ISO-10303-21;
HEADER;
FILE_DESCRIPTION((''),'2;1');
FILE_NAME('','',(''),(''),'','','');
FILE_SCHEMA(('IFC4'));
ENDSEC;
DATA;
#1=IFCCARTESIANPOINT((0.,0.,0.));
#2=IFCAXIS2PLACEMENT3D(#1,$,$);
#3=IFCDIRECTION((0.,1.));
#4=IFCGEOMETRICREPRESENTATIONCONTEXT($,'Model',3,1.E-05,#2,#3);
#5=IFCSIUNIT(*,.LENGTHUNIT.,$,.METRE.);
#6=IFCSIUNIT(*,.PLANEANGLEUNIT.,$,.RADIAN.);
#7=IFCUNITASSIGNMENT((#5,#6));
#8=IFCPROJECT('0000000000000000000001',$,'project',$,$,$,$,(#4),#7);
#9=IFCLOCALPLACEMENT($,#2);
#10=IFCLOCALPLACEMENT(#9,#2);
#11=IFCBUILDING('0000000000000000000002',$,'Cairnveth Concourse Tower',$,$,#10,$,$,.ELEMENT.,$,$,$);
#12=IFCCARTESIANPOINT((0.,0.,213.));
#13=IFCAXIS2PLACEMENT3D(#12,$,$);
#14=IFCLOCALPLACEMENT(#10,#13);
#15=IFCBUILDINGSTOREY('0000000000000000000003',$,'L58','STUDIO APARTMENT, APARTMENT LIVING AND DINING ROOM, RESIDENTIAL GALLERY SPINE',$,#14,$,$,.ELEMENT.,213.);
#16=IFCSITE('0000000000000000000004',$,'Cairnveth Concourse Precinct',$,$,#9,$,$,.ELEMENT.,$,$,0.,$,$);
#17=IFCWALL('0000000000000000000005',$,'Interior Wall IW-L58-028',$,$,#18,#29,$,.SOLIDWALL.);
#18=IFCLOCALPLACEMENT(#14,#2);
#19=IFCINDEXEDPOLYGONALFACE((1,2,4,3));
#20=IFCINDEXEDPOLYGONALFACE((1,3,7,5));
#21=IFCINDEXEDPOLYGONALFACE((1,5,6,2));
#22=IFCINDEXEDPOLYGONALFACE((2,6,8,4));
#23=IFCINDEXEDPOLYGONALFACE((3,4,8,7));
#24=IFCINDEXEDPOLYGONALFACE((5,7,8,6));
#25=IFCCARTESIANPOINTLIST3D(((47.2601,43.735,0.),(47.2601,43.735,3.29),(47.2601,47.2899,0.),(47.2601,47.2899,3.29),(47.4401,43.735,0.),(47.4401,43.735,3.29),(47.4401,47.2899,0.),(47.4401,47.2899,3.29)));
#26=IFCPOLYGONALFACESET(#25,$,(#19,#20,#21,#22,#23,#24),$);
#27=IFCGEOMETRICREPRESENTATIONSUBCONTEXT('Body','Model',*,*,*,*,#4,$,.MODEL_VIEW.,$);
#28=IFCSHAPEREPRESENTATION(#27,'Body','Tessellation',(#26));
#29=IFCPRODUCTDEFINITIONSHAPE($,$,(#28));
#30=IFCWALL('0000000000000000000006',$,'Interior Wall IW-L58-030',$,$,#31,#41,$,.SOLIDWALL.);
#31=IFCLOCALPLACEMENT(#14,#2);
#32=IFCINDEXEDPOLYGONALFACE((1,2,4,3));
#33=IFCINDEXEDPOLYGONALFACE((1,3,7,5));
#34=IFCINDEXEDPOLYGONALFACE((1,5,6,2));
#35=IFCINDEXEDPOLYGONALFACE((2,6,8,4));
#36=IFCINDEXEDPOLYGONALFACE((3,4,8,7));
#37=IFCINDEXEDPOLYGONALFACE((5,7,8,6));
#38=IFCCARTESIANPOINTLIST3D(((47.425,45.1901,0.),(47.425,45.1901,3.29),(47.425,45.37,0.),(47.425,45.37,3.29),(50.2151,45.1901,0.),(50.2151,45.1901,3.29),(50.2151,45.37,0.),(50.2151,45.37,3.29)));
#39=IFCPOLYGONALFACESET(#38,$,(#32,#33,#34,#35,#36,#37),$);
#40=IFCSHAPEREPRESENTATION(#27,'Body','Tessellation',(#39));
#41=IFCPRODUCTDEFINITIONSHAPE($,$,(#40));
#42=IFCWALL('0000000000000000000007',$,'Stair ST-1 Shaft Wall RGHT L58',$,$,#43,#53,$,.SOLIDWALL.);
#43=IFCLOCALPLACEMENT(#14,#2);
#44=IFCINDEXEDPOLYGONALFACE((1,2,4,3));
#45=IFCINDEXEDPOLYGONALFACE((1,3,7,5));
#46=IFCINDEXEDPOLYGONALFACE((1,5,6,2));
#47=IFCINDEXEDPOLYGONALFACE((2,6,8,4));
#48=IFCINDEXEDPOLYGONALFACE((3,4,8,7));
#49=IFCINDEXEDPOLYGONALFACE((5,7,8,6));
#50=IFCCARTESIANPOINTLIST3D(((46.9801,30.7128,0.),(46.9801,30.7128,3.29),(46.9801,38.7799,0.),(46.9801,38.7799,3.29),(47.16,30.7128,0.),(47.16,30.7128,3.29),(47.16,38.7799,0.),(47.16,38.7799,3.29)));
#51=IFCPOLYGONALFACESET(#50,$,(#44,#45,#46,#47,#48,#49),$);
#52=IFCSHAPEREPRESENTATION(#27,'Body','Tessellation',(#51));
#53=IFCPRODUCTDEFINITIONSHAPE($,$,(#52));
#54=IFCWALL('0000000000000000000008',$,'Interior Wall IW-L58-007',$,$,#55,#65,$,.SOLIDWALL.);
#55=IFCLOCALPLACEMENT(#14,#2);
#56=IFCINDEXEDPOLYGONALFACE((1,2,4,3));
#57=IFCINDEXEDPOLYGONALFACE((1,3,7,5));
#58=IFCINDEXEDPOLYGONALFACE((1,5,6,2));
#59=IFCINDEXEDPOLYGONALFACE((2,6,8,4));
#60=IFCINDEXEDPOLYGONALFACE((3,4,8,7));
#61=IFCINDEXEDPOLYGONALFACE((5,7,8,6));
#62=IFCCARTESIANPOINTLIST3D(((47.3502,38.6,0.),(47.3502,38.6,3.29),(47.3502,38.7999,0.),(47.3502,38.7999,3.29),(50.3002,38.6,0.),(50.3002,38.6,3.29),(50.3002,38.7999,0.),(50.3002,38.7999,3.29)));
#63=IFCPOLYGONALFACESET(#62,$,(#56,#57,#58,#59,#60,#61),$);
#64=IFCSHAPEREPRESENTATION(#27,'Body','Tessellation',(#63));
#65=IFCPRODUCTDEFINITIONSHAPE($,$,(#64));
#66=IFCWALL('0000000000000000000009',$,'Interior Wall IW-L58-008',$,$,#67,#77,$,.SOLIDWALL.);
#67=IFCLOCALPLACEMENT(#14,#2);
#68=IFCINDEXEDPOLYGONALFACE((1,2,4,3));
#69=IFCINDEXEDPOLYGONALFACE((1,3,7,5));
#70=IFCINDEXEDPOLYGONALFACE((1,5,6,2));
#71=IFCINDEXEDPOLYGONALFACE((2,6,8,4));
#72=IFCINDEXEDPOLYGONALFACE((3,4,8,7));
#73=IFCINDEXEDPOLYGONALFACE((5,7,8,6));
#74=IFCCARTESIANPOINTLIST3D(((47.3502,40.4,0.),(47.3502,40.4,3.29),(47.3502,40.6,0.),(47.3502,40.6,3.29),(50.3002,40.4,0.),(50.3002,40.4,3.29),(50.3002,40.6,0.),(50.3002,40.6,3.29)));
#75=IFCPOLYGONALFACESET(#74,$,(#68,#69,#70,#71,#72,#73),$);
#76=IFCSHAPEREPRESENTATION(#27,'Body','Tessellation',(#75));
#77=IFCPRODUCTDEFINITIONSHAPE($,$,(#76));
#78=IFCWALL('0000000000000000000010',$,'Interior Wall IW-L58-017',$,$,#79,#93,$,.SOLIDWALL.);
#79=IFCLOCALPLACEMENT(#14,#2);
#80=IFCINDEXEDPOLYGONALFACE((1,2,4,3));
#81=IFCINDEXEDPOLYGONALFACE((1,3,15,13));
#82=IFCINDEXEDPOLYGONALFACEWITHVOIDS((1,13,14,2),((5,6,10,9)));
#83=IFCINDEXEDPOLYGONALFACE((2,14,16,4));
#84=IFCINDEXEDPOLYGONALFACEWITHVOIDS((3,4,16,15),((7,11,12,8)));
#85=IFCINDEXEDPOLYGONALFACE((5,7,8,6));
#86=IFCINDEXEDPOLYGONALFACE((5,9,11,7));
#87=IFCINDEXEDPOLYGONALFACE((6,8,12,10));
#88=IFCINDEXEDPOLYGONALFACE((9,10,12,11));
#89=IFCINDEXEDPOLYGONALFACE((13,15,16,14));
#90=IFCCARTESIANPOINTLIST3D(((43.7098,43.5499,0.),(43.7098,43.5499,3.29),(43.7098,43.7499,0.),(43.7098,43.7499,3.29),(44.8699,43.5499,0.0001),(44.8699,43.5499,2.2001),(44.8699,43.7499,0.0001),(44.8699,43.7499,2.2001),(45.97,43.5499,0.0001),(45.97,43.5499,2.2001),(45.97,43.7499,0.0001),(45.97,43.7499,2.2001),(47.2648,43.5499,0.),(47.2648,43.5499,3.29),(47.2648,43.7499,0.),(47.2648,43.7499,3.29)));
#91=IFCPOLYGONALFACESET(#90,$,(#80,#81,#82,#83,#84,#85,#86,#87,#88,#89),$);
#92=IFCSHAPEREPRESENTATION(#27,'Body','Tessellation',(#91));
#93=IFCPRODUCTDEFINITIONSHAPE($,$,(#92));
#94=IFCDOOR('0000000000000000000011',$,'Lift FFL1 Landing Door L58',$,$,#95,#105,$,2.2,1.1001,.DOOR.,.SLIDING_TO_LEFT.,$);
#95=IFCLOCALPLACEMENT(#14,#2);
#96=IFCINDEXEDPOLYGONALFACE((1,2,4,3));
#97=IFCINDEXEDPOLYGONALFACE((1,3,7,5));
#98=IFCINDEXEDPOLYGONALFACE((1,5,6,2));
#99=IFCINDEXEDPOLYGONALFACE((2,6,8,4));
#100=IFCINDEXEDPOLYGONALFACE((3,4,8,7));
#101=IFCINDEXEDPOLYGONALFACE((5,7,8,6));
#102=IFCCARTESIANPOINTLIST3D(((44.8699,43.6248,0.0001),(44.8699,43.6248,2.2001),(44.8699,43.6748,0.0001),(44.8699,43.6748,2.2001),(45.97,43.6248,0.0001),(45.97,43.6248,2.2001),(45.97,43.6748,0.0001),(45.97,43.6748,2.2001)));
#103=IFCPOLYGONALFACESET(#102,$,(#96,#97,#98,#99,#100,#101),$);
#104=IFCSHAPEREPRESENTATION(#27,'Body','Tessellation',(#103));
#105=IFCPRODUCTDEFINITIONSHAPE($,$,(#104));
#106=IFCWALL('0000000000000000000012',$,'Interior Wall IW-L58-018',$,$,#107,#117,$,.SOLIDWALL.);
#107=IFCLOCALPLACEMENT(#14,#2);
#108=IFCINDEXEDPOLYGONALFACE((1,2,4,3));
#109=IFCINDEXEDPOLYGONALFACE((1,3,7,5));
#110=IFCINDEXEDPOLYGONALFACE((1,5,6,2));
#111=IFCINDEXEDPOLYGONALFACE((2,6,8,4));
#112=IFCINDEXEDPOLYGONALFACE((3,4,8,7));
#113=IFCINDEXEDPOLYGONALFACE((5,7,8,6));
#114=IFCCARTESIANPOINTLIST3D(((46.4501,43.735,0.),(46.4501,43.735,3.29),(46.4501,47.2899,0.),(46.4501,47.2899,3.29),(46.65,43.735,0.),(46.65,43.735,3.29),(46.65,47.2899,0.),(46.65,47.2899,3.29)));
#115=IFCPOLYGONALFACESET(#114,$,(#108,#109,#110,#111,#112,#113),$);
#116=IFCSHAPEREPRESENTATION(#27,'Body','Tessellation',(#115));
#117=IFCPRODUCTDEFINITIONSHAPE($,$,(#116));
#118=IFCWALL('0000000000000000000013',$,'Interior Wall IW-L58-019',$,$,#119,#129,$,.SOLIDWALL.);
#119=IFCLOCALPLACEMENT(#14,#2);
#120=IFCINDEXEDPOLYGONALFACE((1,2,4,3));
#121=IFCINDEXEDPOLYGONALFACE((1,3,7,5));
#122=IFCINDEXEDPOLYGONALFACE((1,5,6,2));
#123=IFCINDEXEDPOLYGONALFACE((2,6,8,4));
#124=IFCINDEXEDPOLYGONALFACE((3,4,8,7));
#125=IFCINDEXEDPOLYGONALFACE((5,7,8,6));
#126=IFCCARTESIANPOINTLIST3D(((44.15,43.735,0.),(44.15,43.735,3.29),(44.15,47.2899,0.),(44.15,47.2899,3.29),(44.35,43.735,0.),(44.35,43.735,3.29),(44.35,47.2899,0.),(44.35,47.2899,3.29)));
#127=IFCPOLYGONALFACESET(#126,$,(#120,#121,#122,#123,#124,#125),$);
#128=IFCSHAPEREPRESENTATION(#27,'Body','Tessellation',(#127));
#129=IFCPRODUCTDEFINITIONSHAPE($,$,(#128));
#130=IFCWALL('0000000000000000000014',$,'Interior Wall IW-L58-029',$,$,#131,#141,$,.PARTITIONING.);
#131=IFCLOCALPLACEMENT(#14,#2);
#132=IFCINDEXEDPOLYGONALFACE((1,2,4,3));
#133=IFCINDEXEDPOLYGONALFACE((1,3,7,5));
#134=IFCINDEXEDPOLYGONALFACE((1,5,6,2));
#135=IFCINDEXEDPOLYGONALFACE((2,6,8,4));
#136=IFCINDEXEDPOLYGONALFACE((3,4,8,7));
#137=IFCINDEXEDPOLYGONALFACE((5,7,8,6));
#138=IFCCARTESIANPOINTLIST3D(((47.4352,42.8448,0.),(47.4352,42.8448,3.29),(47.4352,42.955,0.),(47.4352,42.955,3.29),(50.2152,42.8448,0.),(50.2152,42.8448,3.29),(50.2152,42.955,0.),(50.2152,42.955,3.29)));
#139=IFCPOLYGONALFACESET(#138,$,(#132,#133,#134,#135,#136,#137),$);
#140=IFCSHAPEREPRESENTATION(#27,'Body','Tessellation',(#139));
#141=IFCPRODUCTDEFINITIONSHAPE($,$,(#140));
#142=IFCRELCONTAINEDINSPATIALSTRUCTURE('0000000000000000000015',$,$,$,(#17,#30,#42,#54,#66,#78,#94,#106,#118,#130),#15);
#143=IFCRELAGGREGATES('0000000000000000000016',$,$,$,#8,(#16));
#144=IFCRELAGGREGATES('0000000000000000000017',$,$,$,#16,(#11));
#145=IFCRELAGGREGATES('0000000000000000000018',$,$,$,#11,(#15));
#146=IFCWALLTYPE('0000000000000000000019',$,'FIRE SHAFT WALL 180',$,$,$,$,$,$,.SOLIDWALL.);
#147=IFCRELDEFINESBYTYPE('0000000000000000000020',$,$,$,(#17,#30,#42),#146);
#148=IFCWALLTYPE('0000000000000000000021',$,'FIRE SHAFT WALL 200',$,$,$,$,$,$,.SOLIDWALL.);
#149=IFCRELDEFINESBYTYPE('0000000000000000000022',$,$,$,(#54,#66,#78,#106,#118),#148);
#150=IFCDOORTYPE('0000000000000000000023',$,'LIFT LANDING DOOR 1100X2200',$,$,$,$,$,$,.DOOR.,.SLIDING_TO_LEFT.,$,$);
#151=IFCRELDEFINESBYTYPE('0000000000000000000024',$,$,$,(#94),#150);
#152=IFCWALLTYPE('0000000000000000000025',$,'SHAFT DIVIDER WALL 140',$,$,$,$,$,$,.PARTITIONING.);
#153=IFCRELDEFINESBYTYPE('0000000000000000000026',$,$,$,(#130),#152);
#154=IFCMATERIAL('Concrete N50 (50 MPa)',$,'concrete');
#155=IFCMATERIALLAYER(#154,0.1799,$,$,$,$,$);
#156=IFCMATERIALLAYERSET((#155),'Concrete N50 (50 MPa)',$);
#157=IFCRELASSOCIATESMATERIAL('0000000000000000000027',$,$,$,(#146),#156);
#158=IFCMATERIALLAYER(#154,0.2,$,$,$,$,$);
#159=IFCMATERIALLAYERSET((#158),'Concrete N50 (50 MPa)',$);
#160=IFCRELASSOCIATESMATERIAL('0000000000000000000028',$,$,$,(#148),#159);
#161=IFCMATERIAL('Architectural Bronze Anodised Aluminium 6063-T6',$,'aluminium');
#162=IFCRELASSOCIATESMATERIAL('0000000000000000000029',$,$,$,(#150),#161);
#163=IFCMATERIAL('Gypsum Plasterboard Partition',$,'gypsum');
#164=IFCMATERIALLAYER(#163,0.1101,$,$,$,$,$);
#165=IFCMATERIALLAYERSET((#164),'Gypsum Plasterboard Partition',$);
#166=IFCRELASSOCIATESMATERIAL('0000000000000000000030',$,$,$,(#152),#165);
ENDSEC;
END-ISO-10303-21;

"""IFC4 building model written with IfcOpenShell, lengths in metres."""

from ifc_helpers import new_model, si_unit, direction, frame, frame_2d, origin, place, context, subcontext, project, spatial, rectangle, extrude, material, layer, layer_set, type_object, element, fill, save


model = new_model("IFC4")

# Units and contexts
model_context = context("Model", 3, precision=1e-05, world=origin(), true_north=direction((0.0, 1.0)))
body_context = subcontext(model_context, "Body", "Model", "MODEL_VIEW")
ifc_project = project(units=[si_unit("LENGTHUNIT", "METRE"), si_unit("PLANEANGLEUNIT", "RADIAN")], contexts=[model_context])

# Site, building, storey
site_placement = place(None, origin())
site = spatial("IfcSite", under=ifc_project, at=site_placement, Name="Cairnveth Concourse Precinct", CompositionType="ELEMENT", RefElevation=0.0)
building_placement = place(site_placement, origin())
building = spatial("IfcBuilding", under=site, at=building_placement, Name="Cairnveth Concourse Tower", CompositionType="ELEMENT")
storey_placement = place(building_placement, frame((0.0, 0.0, 213.0)))
storey = spatial("IfcBuildingStorey", under=building, at=storey_placement, Name="L58", Description="STUDIO APARTMENT, APARTMENT LIVING AND DINING ROOM, RESIDENTIAL GALLERY SPINE", CompositionType="ELEMENT", Elevation=213.0)

# Walls
ifc_material_1 = material(Name="Concrete N50 (50 MPa)", Category="concrete")
ifc_layer_1 = layer(ifc_material_1, 0.1799)
ifc_layer_set_1 = layer_set([ifc_layer_1], Name="Concrete N50 (50 MPa)")
wall_type_1 = type_object("IfcWallType", Name="FIRE SHAFT WALL 180", PredefinedType="SOLIDWALL", material=ifc_layer_set_1)
wall_1_placement = place(storey_placement, frame((47.3501, 43.7351, 0.0), z_axis=(0.0, 0.0, 1.0), x_axis=(0.0, 1.0, 0.0)))
element("IfcWall", 1, at=wall_1_placement, inside=storey, type_object=wall_type_1, Name="Interior Wall IW-L58-028", PredefinedType="SOLIDWALL", context=body_context, shape_type="SweptSolid", body=[
    extrude(rectangle(XDim=3.5549, YDim=0.1799, at=frame_2d((1.7773, 0.0))), origin(), (0.0, 0.0, 1.0), 3.29),
])
wall_2_placement = place(storey_placement, frame((47.425, 45.28, 0.0), z_axis=(0.0, 0.0, 1.0), x_axis=(1.0, 0.0, 0.0)))
element("IfcWall", 2, at=wall_2_placement, inside=storey, type_object=wall_type_1, Name="Interior Wall IW-L58-030", PredefinedType="SOLIDWALL", context=body_context, shape_type="SweptSolid", body=[
    extrude(rectangle(XDim=2.79, YDim=0.1799, at=frame_2d((1.395, 0.0))), origin(), (0.0, 0.0, 1.0), 3.29),
])

# Walls
wall_3_placement = place(storey_placement, frame((47.0701, 38.78, 0.0), z_axis=(0.0, 0.0, 1.0), x_axis=(0.0, -1.0, 0.0)))
element("IfcWall", 3, at=wall_3_placement, inside=storey, type_object=wall_type_1, Name="Stair ST-1 Shaft Wall RGHT L58", PredefinedType="SOLIDWALL", context=body_context, shape_type="SweptSolid", body=[
    extrude(rectangle(XDim=8.0671, YDim=0.1799, at=frame_2d((4.0337, 0.0))), origin(), (0.0, 0.0, 1.0), 3.29),
])
ifc_layer_2 = layer(ifc_material_1, 0.2)
ifc_layer_set_2 = layer_set([ifc_layer_2], Name="Concrete N50 (50 MPa)")
wall_type_2 = type_object("IfcWallType", Name="FIRE SHAFT WALL 200", PredefinedType="SOLIDWALL", material=ifc_layer_set_2)
for number, where, z_axis, x_axis, name in (
    (4, (47.3501, 38.7, 0.0), (0.0, 0.0, 1.0), (1.0, 0.0, 0.0), "Interior Wall IW-L58-007"),
    (5, (47.3501, 40.5, 0.0), (0.0, 0.0, 1.0), (1.0, 0.0, 0.0), "Interior Wall IW-L58-008"),
):
    element("IfcWall", number, at=place(storey_placement, frame(where, z_axis=z_axis, x_axis=x_axis)), inside=storey, type_object=wall_type_2, Name=name, PredefinedType="SOLIDWALL", context=body_context, shape_type="SweptSolid", body=[
        extrude(rectangle(XDim=2.95, YDim=0.2, at=frame_2d((1.4751, 0.0))), origin(), (0.0, 0.0, 1.0), 3.29),
    ])

# Wall, opening, door
wall_4_placement = place(storey_placement, frame((43.71, 43.6499, 0.0), z_axis=(0.0, 0.0, 1.0), x_axis=(1.0, 0.0, 0.0)))
wall_4 = element("IfcWall", 6, at=wall_4_placement, inside=storey, type_object=wall_type_2, Name="Interior Wall IW-L58-017", PredefinedType="SOLIDWALL", context=body_context, shape_type="SweptSolid", body=[
    extrude(rectangle(XDim=3.5549, YDim=0.2, at=frame_2d((1.7773, 0.0))), origin(), (0.0, 0.0, 1.0), 3.29),
])
opening_1_placement = place(wall_4_placement, frame((1.1599, 0.0, 0.0)))
opening_1 = element("IfcOpeningElement", 7, at=opening_1_placement, cuts=wall_4, PredefinedType="OPENING", context=body_context, shape_type="SweptSolid", body=[
    extrude(rectangle(XDim=1.1001, YDim=2.2, at=frame_2d((0.55, 1.1001))), frame((0.0, 0.1099, 0.0), z_axis=(0.0, -1.0, 0.0), x_axis=(1.0, 0.0, 0.0)), (0.0, 0.0, 1.0), 0.22),
])
ifc_material_2 = material(Name="Architectural Bronze Anodised Aluminium 6063-T6", Category="aluminium")
door_type_1 = type_object("IfcDoorType", Name="LIFT LANDING DOOR 1100X2200", OperationType="SLIDING_TO_LEFT", PredefinedType="DOOR", material=ifc_material_2)
door_1_placement = place(opening_1_placement, origin())
door_1 = element("IfcDoor", 8, at=door_1_placement, inside=storey, type_object=door_type_1, Name="Lift FFL1 Landing Door L58", OperationType="SLIDING_TO_LEFT", OverallHeight=2.2, OverallWidth=1.1001, PredefinedType="DOOR", context=body_context, shape_type="SweptSolid", body=[
    extrude(rectangle(XDim=1.1001, YDim=2.2, at=frame_2d((0.55, 1.1001))), frame((0.0, 0.0249, 0.0), z_axis=(0.0, -1.0, 0.0), x_axis=(1.0, 0.0, 0.0)), (0.0, 0.0, 1.0), 0.05),
])
fill(opening_1, door_1)

# Walls
for number, where, z_axis, x_axis, name in (
    (9, (46.55, 43.7351, 0.0), (0.0, 0.0, 1.0), (0.0, 1.0, 0.0), "Interior Wall IW-L58-018"),
    (10, (44.25, 43.7351, 0.0), (0.0, 0.0, 1.0), (0.0, 1.0, 0.0), "Interior Wall IW-L58-019"),
):
    element("IfcWall", number, at=place(storey_placement, frame(where, z_axis=z_axis, x_axis=x_axis)), inside=storey, type_object=wall_type_2, Name=name, PredefinedType="SOLIDWALL", context=body_context, shape_type="SweptSolid", body=[
        extrude(rectangle(XDim=3.5549, YDim=0.2, at=frame_2d((1.7773, 0.0))), origin(), (0.0, 0.0, 1.0), 3.29),
    ])
ifc_material_3 = material(Name="Gypsum Plasterboard Partition", Category="gypsum")
ifc_layer_3 = layer(ifc_material_3, 0.1101)
ifc_layer_set_3 = layer_set([ifc_layer_3], Name="Gypsum Plasterboard Partition")
wall_type_3 = type_object("IfcWallType", Name="SHAFT DIVIDER WALL 140", PredefinedType="PARTITIONING", material=ifc_layer_set_3)
wall_5_placement = place(storey_placement, frame((47.4351, 42.8999, 0.0), z_axis=(0.0, 0.0, 1.0), x_axis=(1.0, 0.0, 0.0)))
element("IfcWall", 11, at=wall_5_placement, inside=storey, type_object=wall_type_3, Name="Interior Wall IW-L58-029", PredefinedType="PARTITIONING", context=body_context, shape_type="SweptSolid", body=[
    extrude(rectangle(XDim=2.78, YDim=0.1101, at=frame_2d((1.3901, 0.0))), origin(), (0.0, 0.0, 1.0), 3.29),
])

save(model, "model.ifc")
